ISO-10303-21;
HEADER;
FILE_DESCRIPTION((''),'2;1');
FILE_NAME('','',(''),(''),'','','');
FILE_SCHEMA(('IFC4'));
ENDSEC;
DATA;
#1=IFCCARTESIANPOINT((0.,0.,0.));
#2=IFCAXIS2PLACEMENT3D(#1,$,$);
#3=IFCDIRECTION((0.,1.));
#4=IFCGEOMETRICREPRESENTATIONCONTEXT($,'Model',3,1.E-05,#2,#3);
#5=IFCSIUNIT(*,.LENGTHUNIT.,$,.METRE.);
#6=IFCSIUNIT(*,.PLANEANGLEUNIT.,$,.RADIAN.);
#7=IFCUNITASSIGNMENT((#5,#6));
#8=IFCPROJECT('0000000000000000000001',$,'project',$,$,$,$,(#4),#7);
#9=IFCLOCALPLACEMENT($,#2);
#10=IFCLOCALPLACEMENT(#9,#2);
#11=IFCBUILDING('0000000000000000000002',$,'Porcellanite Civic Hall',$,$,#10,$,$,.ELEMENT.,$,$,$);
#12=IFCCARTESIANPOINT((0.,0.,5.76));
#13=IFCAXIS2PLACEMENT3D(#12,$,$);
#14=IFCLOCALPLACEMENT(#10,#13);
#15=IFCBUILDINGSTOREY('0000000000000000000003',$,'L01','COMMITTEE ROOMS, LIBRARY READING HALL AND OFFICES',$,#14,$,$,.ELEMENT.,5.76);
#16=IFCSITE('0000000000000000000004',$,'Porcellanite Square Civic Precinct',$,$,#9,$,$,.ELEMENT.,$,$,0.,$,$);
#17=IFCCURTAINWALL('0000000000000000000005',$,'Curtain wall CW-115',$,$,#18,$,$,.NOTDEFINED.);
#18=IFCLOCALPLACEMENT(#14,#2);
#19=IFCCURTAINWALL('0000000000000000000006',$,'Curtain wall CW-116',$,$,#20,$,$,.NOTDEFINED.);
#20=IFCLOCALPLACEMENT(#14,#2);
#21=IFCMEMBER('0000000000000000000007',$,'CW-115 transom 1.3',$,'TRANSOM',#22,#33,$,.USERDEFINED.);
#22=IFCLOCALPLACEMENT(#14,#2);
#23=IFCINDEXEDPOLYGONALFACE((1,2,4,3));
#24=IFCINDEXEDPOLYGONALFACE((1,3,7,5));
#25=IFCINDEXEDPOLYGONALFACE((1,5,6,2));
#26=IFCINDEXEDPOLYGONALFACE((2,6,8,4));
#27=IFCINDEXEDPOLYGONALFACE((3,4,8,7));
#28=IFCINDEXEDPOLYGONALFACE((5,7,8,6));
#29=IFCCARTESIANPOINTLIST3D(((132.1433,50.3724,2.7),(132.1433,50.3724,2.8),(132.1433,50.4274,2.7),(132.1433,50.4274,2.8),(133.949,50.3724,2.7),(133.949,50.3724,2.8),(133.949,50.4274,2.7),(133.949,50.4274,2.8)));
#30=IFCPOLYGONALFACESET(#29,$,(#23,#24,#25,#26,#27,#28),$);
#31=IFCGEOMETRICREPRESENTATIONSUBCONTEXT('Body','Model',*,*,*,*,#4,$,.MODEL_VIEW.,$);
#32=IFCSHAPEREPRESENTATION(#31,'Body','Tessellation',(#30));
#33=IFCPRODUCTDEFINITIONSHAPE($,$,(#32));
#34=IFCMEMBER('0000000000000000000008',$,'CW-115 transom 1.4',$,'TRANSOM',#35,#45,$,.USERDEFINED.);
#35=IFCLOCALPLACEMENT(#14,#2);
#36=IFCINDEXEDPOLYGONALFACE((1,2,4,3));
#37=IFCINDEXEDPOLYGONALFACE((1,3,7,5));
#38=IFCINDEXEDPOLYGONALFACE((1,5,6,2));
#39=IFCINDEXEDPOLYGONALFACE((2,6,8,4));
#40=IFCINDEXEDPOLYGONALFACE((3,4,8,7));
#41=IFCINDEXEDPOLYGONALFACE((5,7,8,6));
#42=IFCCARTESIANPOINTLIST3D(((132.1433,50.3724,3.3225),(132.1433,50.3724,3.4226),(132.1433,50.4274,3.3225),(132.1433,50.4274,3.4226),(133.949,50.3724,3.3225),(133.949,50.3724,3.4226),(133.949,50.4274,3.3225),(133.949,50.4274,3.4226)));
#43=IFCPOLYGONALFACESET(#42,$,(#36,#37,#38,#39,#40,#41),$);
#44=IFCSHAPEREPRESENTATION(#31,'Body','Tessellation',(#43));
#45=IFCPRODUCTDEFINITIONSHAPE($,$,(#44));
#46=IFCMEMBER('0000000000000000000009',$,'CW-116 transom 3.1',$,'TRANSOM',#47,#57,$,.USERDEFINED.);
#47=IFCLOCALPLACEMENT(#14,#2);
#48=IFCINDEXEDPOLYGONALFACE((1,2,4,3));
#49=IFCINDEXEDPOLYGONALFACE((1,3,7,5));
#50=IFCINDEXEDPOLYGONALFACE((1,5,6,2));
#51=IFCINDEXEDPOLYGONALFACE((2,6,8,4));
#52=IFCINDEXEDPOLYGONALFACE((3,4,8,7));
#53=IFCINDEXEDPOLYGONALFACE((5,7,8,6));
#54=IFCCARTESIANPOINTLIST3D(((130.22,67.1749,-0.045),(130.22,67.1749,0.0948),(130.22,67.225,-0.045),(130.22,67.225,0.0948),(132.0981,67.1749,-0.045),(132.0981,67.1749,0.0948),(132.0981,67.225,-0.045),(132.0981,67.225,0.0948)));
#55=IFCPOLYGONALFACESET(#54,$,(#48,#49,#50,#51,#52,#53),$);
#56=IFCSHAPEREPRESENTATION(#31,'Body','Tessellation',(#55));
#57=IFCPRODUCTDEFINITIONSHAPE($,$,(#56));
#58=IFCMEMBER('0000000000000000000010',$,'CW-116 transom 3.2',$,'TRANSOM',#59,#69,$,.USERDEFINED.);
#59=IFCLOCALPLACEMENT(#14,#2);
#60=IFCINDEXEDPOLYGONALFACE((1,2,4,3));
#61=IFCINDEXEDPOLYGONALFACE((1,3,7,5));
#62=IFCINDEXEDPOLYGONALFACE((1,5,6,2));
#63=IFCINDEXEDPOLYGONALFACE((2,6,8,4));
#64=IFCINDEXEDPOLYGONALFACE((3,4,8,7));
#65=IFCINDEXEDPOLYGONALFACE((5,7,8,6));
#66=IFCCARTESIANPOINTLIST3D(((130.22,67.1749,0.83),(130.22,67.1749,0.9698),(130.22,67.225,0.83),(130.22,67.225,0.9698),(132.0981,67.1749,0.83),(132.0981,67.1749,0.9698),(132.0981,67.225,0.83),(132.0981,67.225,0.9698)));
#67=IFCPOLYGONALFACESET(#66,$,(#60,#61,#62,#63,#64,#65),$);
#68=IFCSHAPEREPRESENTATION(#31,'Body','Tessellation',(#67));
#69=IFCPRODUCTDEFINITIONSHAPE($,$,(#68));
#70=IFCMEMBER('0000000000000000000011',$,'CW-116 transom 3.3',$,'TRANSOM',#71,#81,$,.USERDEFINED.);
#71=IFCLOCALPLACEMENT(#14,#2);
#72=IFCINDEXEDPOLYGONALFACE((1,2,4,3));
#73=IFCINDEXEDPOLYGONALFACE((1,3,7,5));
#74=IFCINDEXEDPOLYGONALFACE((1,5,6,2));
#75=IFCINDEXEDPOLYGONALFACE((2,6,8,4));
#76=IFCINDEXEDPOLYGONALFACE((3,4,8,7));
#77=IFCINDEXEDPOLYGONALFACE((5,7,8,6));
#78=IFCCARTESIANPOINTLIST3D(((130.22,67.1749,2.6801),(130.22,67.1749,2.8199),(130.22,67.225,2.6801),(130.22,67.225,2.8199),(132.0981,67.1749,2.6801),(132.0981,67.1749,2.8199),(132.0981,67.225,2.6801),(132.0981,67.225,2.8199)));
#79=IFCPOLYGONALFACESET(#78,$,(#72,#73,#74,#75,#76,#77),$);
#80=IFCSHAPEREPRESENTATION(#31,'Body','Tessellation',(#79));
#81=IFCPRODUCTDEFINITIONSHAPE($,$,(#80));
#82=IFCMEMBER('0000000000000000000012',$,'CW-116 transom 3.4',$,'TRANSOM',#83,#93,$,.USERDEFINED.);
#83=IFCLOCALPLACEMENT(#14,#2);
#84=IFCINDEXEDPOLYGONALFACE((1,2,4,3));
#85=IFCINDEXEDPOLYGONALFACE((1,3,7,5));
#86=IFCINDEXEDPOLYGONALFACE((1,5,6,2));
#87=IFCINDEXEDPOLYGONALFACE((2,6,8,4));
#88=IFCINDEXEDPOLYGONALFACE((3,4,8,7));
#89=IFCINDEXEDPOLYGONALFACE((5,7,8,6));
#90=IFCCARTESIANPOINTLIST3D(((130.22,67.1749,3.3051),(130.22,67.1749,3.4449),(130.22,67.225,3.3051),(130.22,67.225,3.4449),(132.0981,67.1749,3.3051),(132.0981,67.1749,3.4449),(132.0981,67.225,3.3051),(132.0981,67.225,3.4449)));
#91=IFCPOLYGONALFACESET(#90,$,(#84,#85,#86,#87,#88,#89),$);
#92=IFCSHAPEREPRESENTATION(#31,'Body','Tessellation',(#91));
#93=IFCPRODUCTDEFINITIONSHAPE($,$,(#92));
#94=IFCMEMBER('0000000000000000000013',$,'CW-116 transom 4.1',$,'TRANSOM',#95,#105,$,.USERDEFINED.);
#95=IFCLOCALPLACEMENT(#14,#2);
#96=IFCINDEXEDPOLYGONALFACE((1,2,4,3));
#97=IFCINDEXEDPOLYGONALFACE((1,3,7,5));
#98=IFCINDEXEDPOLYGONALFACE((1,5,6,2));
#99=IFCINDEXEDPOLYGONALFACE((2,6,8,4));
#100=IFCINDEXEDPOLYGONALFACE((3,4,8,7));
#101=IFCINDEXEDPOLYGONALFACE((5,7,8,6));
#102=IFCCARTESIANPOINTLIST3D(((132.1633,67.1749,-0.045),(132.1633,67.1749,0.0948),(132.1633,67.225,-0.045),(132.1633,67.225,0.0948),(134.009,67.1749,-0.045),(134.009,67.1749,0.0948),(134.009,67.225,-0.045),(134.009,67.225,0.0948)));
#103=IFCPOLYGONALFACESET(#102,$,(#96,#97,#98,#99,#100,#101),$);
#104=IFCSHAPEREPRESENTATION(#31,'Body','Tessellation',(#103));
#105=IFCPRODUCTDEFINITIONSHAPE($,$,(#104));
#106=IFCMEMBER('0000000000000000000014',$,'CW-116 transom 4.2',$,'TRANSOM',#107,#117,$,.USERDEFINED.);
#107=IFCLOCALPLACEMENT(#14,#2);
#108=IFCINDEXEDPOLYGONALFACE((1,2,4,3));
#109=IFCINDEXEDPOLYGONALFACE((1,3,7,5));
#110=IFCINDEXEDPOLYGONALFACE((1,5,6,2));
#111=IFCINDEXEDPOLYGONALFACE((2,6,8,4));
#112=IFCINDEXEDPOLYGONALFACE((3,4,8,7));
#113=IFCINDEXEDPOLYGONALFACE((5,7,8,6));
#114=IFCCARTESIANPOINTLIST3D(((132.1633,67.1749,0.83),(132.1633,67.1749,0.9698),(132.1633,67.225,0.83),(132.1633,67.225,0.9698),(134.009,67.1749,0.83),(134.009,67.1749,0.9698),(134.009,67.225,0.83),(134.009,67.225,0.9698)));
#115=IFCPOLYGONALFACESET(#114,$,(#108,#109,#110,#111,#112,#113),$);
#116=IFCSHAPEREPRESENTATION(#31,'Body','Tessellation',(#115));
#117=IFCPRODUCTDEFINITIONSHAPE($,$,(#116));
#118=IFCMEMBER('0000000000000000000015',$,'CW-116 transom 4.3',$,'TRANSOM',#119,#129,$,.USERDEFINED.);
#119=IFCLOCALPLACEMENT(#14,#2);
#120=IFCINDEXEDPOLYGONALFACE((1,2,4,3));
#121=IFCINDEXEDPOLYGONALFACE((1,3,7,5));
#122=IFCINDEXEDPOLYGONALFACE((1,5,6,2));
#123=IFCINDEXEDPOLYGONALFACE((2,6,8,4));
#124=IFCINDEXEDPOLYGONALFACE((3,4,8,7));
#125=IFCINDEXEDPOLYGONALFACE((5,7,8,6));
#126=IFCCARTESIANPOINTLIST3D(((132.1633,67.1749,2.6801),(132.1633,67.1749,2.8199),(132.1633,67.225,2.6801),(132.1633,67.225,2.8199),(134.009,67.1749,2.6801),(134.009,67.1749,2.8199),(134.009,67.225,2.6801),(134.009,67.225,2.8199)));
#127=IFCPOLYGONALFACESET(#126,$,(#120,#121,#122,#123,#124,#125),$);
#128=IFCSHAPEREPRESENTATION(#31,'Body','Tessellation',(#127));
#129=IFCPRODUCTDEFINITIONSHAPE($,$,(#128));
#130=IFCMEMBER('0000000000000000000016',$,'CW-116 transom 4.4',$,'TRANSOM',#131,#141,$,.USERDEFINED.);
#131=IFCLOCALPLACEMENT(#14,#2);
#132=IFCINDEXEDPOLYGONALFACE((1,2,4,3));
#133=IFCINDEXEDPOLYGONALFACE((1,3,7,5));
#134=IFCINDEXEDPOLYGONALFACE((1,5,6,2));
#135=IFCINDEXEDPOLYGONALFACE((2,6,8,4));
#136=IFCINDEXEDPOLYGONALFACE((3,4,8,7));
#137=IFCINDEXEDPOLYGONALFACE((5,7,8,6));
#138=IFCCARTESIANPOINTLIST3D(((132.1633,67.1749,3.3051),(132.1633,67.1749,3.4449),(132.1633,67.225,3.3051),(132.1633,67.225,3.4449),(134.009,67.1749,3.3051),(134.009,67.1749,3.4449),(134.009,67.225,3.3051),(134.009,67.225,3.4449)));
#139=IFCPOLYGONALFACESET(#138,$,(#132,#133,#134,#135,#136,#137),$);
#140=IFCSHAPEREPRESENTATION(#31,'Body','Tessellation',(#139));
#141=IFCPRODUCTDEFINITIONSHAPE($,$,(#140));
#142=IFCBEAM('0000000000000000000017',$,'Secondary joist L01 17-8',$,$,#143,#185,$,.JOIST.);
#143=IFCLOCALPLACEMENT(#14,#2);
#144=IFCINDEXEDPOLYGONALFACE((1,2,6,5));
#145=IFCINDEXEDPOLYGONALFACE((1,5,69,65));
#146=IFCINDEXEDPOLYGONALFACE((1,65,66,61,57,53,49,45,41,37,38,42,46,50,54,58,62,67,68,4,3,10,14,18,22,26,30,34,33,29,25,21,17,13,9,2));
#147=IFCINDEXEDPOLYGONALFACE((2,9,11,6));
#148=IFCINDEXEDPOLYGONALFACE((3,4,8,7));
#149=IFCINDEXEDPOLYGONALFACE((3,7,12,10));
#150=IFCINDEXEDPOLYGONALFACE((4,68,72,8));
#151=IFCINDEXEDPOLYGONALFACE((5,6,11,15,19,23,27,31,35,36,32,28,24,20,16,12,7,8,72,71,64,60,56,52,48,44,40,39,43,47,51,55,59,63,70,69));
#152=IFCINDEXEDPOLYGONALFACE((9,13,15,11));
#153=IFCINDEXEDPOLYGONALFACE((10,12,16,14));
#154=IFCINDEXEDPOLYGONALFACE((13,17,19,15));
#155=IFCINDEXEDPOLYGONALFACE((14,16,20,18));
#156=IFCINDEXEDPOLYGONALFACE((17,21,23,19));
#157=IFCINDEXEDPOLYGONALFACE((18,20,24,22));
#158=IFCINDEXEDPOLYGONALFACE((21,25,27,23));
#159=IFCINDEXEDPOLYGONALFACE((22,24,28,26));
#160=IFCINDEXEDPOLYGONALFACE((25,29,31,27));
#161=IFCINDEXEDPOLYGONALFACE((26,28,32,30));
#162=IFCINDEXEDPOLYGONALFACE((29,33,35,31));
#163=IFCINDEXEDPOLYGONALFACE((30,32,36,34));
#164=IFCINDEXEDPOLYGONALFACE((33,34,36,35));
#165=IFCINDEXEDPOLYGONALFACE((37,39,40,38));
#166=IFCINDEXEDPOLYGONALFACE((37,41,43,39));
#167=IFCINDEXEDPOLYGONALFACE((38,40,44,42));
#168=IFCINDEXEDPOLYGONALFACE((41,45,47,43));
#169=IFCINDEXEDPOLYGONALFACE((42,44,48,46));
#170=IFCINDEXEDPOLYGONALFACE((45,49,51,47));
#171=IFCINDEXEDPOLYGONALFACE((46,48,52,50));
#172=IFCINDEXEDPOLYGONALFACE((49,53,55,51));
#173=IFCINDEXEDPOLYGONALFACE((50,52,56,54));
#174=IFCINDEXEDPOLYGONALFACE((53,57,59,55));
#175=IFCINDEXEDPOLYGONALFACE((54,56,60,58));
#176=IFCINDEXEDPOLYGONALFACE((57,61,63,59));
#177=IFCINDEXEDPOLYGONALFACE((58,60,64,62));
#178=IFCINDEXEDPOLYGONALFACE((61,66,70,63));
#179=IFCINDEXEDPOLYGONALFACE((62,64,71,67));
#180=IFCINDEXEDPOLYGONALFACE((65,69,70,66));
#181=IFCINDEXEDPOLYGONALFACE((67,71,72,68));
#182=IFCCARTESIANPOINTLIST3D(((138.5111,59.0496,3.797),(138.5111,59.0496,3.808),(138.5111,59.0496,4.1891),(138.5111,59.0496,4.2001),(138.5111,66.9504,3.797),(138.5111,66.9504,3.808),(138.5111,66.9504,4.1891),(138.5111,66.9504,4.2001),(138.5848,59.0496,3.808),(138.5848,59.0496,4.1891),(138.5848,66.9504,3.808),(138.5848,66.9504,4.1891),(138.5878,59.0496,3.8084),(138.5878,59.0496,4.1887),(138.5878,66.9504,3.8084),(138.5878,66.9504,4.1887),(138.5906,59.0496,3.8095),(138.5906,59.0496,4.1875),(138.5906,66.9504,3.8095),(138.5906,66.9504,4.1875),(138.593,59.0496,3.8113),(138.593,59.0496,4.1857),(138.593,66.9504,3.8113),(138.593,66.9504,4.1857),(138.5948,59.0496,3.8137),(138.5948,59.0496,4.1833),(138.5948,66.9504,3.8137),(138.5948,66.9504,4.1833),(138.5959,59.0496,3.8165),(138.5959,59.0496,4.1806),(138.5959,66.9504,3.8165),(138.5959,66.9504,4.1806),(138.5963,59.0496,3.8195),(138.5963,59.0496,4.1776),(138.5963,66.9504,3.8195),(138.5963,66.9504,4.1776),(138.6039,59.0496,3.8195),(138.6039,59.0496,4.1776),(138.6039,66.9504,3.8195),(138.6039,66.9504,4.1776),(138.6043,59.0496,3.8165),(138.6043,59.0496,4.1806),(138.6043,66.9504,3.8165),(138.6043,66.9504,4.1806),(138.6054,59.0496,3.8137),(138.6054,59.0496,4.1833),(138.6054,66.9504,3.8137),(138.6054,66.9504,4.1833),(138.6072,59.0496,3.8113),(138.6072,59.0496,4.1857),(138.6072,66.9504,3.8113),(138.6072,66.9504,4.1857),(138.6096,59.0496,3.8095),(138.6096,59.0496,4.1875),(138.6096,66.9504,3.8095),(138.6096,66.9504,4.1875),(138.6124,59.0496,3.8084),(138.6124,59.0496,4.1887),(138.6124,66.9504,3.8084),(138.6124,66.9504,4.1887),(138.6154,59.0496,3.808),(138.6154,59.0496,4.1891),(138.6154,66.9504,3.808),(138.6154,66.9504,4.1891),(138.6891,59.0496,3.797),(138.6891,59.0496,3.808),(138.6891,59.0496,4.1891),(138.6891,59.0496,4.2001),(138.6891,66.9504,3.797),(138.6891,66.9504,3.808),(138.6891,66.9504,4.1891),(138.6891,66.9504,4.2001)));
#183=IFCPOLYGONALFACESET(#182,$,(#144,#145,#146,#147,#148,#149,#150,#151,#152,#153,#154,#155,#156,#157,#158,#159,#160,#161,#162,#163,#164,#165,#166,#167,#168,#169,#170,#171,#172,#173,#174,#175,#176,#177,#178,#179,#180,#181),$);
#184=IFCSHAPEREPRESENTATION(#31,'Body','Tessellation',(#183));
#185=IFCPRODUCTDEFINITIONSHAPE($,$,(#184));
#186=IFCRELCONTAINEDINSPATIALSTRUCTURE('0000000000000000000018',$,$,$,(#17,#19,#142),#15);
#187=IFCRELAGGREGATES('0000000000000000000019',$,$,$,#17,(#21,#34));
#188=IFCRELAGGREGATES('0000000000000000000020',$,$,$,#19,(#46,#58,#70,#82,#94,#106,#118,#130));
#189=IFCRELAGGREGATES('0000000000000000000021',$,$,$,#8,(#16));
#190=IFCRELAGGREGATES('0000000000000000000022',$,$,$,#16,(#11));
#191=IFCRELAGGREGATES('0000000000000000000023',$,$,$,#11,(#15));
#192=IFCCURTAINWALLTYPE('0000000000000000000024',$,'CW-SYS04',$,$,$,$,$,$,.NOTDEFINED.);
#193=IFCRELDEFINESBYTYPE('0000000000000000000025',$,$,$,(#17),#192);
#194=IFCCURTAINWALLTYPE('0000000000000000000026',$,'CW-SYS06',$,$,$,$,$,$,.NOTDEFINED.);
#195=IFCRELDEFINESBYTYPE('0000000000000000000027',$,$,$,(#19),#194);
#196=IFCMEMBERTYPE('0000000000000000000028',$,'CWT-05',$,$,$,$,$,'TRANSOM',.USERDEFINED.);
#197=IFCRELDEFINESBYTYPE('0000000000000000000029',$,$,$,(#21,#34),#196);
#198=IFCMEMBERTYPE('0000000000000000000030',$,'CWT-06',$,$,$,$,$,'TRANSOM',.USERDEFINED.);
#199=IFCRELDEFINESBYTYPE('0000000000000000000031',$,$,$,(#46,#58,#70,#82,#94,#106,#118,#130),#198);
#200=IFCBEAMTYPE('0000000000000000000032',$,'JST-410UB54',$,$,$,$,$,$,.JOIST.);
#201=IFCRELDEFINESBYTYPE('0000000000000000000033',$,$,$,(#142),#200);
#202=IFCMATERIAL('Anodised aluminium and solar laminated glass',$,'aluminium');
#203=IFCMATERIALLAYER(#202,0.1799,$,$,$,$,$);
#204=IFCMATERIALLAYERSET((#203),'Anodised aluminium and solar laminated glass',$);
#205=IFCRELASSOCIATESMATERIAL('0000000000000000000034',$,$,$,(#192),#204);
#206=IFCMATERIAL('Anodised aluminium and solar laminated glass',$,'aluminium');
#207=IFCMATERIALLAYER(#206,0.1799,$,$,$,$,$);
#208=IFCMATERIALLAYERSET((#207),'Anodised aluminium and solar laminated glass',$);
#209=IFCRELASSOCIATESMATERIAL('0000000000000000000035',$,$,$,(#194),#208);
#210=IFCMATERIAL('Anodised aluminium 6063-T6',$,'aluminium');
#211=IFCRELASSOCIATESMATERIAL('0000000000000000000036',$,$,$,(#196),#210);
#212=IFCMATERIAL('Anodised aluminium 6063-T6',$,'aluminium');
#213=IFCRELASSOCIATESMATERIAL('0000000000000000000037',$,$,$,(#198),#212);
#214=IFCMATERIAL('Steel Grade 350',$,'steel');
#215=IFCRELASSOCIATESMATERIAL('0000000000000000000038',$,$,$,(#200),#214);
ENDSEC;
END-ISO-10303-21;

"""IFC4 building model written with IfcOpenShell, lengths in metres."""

from ifc_helpers import new_model, si_unit, direction, frame, origin, origin_2d, place, context, subcontext, project, spatial, rectangle, i_section, extrude, material, layer, layer_set, material_profile, profile_set, type_object, element, aggregate, save


model = new_model("IFC4")

# Units and contexts
model_context = context("Model", 3, precision=1e-05, world=origin(), true_north=direction((0.0, 1.0)))
body_context = subcontext(model_context, "Body", "Model", "MODEL_VIEW")
ifc_project = project(units=[si_unit("LENGTHUNIT", "METRE"), si_unit("PLANEANGLEUNIT", "RADIAN")], contexts=[model_context])

# Site, building, storey
site_placement = place(None, origin())
site = spatial("IfcSite", under=ifc_project, at=site_placement, Name="Porcellanite Square Civic Precinct", CompositionType="ELEMENT", RefElevation=0.0)
building_placement = place(site_placement, origin())
building = spatial("IfcBuilding", under=site, at=building_placement, Name="Porcellanite Civic Hall", CompositionType="ELEMENT")
storey_placement = place(building_placement, frame((0.0, 0.0, 5.76)))
storey = spatial("IfcBuildingStorey", under=building, at=storey_placement, Name="L01", Description="COMMITTEE ROOMS, LIBRARY READING HALL AND OFFICES", CompositionType="ELEMENT", Elevation=5.76)

# Curtain wall
ifc_material_1 = material(Name="Anodised aluminium and solar laminated glass", Category="aluminium")
ifc_layer_1 = layer(ifc_material_1, 0.1799)
ifc_layer_set_1 = layer_set([ifc_layer_1], Name="Anodised aluminium and solar laminated glass")
curtain_wall_type_1 = type_object("IfcCurtainWallType", Name="CW-SYS04", PredefinedType="NOTDEFINED", material=ifc_layer_set_1)
curtain_wall_1_placement = place(storey_placement, origin())
curtain_wall_1 = element("IfcCurtainWall", 1, at=curtain_wall_1_placement, inside=storey, type_object=curtain_wall_type_1, Name="Curtain wall CW-115", PredefinedType="NOTDEFINED")

# Curtain wall
ifc_material_2 = material(Name="Anodised aluminium and solar laminated glass", Category="aluminium")
ifc_layer_2 = layer(ifc_material_2, 0.1799)
ifc_layer_set_2 = layer_set([ifc_layer_2], Name="Anodised aluminium and solar laminated glass")
curtain_wall_type_2 = type_object("IfcCurtainWallType", Name="CW-SYS06", PredefinedType="NOTDEFINED", material=ifc_layer_set_2)
curtain_wall_2_placement = place(storey_placement, origin())
curtain_wall_2 = element("IfcCurtainWall", 2, at=curtain_wall_2_placement, inside=storey, type_object=curtain_wall_type_2, Name="Curtain wall CW-116", PredefinedType="NOTDEFINED")

# Members
ifc_material_3 = material(Name="Anodised aluminium 6063-T6", Category="aluminium")
ifc_material_profile_1 = material_profile(ifc_material_3, rectangle(XDim=0.0549, YDim=0.1001, at=origin_2d()), Name="AL-55x100")
ifc_profile_set_1 = profile_set([ifc_material_profile_1], Name="Anodised aluminium 6063-T6")
member_type_1 = type_object("IfcMemberType", Name="CWT-05", ElementType="TRANSOM", PredefinedType="USERDEFINED", material=ifc_profile_set_1)
member_1_placement = place(storey_placement, frame((133.949, 50.3999, 2.75), z_axis=(-1.0, 0.0, 0.0), x_axis=(0.0, -1.0, 0.0)))
member_1 = element("IfcMember", 3, at=member_1_placement, type_object=member_type_1, Name="CW-115 transom 1.3", ObjectType="TRANSOM", PredefinedType="USERDEFINED", context=body_context, shape_type="SweptSolid", body=[
    extrude(rectangle(XDim=0.0549, YDim=0.1001, at=origin_2d()), origin(), (0.0, 0.0, 1.0), 1.8057),
])
member_2_placement = place(storey_placement, frame((133.949, 50.3999, 3.3726), z_axis=(-1.0, 0.0, 0.0), x_axis=(0.0, -1.0, 0.0)))
member_2 = element("IfcMember", 4, at=member_2_placement, type_object=member_type_1, Name="CW-115 transom 1.4", ObjectType="TRANSOM", PredefinedType="USERDEFINED", context=body_context, shape_type="SweptSolid", body=[
    extrude(rectangle(XDim=0.0549, YDim=0.1001, at=origin_2d()), origin(), (0.0, 0.0, 1.0), 1.8057),
])
aggregate(curtain_wall_1, [member_1, member_2])
ifc_material_4 = material(Name="Anodised aluminium 6063-T6", Category="aluminium")
ifc_material_profile_2 = material_profile(ifc_material_4, rectangle(XDim=0.05, YDim=0.1399, at=origin_2d()), Name="AL-50x140")
ifc_profile_set_2 = profile_set([ifc_material_profile_2], Name="Anodised aluminium 6063-T6")
member_type_2 = type_object("IfcMemberType", Name="CWT-06", ElementType="TRANSOM", PredefinedType="USERDEFINED", material=ifc_profile_set_2)
member_3_placement = place(storey_placement, frame((130.22, 67.2, 0.0249), z_axis=(1.0, 0.0, 0.0), x_axis=(0.0, 1.0, 0.0)))
member_3 = element("IfcMember", 5, at=member_3_placement, type_object=member_type_2, Name="CW-116 transom 3.1", ObjectType="TRANSOM", PredefinedType="USERDEFINED", context=body_context, shape_type="SweptSolid", body=[
    extrude(rectangle(XDim=0.05, YDim=0.1399, at=origin_2d()), origin(), (0.0, 0.0, 1.0), 1.8782),
])
member_4_placement = place(storey_placement, frame((130.22, 67.2, 0.8999), z_axis=(1.0, 0.0, 0.0), x_axis=(0.0, 1.0, 0.0)))
member_4 = element("IfcMember", 6, at=member_4_placement, type_object=member_type_2, Name="CW-116 transom 3.2", ObjectType="TRANSOM", PredefinedType="USERDEFINED", context=body_context, shape_type="SweptSolid", body=[
    extrude(rectangle(XDim=0.05, YDim=0.1399, at=origin_2d()), origin(), (0.0, 0.0, 1.0), 1.8782),
])
member_5_placement = place(storey_placement, frame((130.22, 67.2, 2.75), z_axis=(1.0, 0.0, 0.0), x_axis=(0.0, 1.0, 0.0)))
member_5 = element("IfcMember", 7, at=member_5_placement, type_object=member_type_2, Name="CW-116 transom 3.3", ObjectType="TRANSOM", PredefinedType="USERDEFINED", context=body_context, shape_type="SweptSolid", body=[
    extrude(rectangle(XDim=0.05, YDim=0.1399, at=origin_2d()), origin(), (0.0, 0.0, 1.0), 1.8782),
])
member_6_placement = place(storey_placement, frame((130.22, 67.2, 3.375), z_axis=(1.0, 0.0, 0.0), x_axis=(0.0, 1.0, 0.0)))
member_6 = element("IfcMember", 8, at=member_6_placement, type_object=member_type_2, Name="CW-116 transom 3.4", ObjectType="TRANSOM", PredefinedType="USERDEFINED", context=body_context, shape_type="SweptSolid", body=[
    extrude(rectangle(XDim=0.05, YDim=0.1399, at=origin_2d()), origin(), (0.0, 0.0, 1.0), 1.8782),
])
member_7_placement = place(storey_placement, frame((132.1633, 67.2, 0.0249), z_axis=(1.0, 0.0, 0.0), x_axis=(0.0, 1.0, 0.0)))
member_7 = element("IfcMember", 9, at=member_7_placement, type_object=member_type_2, Name="CW-116 transom 4.1", ObjectType="TRANSOM", PredefinedType="USERDEFINED", context=body_context, shape_type="SweptSolid", body=[
    extrude(rectangle(XDim=0.05, YDim=0.1399, at=origin_2d()), origin(), (0.0, 0.0, 1.0), 1.8457),
])
member_8_placement = place(storey_placement, frame((132.1633, 67.2, 0.8999), z_axis=(1.0, 0.0, 0.0), x_axis=(0.0, 1.0, 0.0)))
member_8 = element("IfcMember", 10, at=member_8_placement, type_object=member_type_2, Name="CW-116 transom 4.2", ObjectType="TRANSOM", PredefinedType="USERDEFINED", context=body_context, shape_type="SweptSolid", body=[
    extrude(rectangle(XDim=0.05, YDim=0.1399, at=origin_2d()), origin(), (0.0, 0.0, 1.0), 1.8457),
])
member_9_placement = place(storey_placement, frame((132.1633, 67.2, 2.75), z_axis=(1.0, 0.0, 0.0), x_axis=(0.0, 1.0, 0.0)))
member_9 = element("IfcMember", 11, at=member_9_placement, type_object=member_type_2, Name="CW-116 transom 4.3", ObjectType="TRANSOM", PredefinedType="USERDEFINED", context=body_context, shape_type="SweptSolid", body=[
    extrude(rectangle(XDim=0.05, YDim=0.1399, at=origin_2d()), origin(), (0.0, 0.0, 1.0), 1.8457),
])
member_10_placement = place(storey_placement, frame((132.1633, 67.2, 3.375), z_axis=(1.0, 0.0, 0.0), x_axis=(0.0, 1.0, 0.0)))
member_10 = element("IfcMember", 12, at=member_10_placement, type_object=member_type_2, Name="CW-116 transom 4.4", ObjectType="TRANSOM", PredefinedType="USERDEFINED", context=body_context, shape_type="SweptSolid", body=[
    extrude(rectangle(XDim=0.05, YDim=0.1399, at=origin_2d()), origin(), (0.0, 0.0, 1.0), 1.8457),
])

# Beam
ifc_material_5 = material(Name="Steel Grade 350", Category="steel")
ifc_material_profile_3 = material_profile(ifc_material_5, i_section(OverallWidth=0.178, OverallDepth=0.4031, WebThickness=0.0076, FlangeThickness=0.011, FilletRadius=0.0115, at=origin_2d()), Name="410UB53.7")
ifc_profile_set_3 = profile_set([ifc_material_profile_3], Name="Steel Grade 350")
beam_type_1 = type_object("IfcBeamType", Name="JST-410UB54", PredefinedType="JOIST", material=ifc_profile_set_3)
beam_1_placement = place(storey_placement, frame((138.6001, 59.0496, 3.9985), z_axis=(0.0, 1.0, 0.0), x_axis=(-1.0, 0.0, 0.0)))
element("IfcBeam", 13, at=beam_1_placement, inside=storey, type_object=beam_type_1, Name="Secondary joist L01 17-8", PredefinedType="JOIST", context=body_context, shape_type="SweptSolid", body=[
    extrude(i_section(OverallWidth=0.178, OverallDepth=0.4031, WebThickness=0.0076, FlangeThickness=0.011, FilletRadius=0.0115, at=origin_2d()), origin(), (0.0, 0.0, 1.0), 7.9009),
])

aggregate(curtain_wall_2, [member_3, member_4, member_5, member_6, member_7, member_8, member_9, member_10])

save(model, "model.ifc")
